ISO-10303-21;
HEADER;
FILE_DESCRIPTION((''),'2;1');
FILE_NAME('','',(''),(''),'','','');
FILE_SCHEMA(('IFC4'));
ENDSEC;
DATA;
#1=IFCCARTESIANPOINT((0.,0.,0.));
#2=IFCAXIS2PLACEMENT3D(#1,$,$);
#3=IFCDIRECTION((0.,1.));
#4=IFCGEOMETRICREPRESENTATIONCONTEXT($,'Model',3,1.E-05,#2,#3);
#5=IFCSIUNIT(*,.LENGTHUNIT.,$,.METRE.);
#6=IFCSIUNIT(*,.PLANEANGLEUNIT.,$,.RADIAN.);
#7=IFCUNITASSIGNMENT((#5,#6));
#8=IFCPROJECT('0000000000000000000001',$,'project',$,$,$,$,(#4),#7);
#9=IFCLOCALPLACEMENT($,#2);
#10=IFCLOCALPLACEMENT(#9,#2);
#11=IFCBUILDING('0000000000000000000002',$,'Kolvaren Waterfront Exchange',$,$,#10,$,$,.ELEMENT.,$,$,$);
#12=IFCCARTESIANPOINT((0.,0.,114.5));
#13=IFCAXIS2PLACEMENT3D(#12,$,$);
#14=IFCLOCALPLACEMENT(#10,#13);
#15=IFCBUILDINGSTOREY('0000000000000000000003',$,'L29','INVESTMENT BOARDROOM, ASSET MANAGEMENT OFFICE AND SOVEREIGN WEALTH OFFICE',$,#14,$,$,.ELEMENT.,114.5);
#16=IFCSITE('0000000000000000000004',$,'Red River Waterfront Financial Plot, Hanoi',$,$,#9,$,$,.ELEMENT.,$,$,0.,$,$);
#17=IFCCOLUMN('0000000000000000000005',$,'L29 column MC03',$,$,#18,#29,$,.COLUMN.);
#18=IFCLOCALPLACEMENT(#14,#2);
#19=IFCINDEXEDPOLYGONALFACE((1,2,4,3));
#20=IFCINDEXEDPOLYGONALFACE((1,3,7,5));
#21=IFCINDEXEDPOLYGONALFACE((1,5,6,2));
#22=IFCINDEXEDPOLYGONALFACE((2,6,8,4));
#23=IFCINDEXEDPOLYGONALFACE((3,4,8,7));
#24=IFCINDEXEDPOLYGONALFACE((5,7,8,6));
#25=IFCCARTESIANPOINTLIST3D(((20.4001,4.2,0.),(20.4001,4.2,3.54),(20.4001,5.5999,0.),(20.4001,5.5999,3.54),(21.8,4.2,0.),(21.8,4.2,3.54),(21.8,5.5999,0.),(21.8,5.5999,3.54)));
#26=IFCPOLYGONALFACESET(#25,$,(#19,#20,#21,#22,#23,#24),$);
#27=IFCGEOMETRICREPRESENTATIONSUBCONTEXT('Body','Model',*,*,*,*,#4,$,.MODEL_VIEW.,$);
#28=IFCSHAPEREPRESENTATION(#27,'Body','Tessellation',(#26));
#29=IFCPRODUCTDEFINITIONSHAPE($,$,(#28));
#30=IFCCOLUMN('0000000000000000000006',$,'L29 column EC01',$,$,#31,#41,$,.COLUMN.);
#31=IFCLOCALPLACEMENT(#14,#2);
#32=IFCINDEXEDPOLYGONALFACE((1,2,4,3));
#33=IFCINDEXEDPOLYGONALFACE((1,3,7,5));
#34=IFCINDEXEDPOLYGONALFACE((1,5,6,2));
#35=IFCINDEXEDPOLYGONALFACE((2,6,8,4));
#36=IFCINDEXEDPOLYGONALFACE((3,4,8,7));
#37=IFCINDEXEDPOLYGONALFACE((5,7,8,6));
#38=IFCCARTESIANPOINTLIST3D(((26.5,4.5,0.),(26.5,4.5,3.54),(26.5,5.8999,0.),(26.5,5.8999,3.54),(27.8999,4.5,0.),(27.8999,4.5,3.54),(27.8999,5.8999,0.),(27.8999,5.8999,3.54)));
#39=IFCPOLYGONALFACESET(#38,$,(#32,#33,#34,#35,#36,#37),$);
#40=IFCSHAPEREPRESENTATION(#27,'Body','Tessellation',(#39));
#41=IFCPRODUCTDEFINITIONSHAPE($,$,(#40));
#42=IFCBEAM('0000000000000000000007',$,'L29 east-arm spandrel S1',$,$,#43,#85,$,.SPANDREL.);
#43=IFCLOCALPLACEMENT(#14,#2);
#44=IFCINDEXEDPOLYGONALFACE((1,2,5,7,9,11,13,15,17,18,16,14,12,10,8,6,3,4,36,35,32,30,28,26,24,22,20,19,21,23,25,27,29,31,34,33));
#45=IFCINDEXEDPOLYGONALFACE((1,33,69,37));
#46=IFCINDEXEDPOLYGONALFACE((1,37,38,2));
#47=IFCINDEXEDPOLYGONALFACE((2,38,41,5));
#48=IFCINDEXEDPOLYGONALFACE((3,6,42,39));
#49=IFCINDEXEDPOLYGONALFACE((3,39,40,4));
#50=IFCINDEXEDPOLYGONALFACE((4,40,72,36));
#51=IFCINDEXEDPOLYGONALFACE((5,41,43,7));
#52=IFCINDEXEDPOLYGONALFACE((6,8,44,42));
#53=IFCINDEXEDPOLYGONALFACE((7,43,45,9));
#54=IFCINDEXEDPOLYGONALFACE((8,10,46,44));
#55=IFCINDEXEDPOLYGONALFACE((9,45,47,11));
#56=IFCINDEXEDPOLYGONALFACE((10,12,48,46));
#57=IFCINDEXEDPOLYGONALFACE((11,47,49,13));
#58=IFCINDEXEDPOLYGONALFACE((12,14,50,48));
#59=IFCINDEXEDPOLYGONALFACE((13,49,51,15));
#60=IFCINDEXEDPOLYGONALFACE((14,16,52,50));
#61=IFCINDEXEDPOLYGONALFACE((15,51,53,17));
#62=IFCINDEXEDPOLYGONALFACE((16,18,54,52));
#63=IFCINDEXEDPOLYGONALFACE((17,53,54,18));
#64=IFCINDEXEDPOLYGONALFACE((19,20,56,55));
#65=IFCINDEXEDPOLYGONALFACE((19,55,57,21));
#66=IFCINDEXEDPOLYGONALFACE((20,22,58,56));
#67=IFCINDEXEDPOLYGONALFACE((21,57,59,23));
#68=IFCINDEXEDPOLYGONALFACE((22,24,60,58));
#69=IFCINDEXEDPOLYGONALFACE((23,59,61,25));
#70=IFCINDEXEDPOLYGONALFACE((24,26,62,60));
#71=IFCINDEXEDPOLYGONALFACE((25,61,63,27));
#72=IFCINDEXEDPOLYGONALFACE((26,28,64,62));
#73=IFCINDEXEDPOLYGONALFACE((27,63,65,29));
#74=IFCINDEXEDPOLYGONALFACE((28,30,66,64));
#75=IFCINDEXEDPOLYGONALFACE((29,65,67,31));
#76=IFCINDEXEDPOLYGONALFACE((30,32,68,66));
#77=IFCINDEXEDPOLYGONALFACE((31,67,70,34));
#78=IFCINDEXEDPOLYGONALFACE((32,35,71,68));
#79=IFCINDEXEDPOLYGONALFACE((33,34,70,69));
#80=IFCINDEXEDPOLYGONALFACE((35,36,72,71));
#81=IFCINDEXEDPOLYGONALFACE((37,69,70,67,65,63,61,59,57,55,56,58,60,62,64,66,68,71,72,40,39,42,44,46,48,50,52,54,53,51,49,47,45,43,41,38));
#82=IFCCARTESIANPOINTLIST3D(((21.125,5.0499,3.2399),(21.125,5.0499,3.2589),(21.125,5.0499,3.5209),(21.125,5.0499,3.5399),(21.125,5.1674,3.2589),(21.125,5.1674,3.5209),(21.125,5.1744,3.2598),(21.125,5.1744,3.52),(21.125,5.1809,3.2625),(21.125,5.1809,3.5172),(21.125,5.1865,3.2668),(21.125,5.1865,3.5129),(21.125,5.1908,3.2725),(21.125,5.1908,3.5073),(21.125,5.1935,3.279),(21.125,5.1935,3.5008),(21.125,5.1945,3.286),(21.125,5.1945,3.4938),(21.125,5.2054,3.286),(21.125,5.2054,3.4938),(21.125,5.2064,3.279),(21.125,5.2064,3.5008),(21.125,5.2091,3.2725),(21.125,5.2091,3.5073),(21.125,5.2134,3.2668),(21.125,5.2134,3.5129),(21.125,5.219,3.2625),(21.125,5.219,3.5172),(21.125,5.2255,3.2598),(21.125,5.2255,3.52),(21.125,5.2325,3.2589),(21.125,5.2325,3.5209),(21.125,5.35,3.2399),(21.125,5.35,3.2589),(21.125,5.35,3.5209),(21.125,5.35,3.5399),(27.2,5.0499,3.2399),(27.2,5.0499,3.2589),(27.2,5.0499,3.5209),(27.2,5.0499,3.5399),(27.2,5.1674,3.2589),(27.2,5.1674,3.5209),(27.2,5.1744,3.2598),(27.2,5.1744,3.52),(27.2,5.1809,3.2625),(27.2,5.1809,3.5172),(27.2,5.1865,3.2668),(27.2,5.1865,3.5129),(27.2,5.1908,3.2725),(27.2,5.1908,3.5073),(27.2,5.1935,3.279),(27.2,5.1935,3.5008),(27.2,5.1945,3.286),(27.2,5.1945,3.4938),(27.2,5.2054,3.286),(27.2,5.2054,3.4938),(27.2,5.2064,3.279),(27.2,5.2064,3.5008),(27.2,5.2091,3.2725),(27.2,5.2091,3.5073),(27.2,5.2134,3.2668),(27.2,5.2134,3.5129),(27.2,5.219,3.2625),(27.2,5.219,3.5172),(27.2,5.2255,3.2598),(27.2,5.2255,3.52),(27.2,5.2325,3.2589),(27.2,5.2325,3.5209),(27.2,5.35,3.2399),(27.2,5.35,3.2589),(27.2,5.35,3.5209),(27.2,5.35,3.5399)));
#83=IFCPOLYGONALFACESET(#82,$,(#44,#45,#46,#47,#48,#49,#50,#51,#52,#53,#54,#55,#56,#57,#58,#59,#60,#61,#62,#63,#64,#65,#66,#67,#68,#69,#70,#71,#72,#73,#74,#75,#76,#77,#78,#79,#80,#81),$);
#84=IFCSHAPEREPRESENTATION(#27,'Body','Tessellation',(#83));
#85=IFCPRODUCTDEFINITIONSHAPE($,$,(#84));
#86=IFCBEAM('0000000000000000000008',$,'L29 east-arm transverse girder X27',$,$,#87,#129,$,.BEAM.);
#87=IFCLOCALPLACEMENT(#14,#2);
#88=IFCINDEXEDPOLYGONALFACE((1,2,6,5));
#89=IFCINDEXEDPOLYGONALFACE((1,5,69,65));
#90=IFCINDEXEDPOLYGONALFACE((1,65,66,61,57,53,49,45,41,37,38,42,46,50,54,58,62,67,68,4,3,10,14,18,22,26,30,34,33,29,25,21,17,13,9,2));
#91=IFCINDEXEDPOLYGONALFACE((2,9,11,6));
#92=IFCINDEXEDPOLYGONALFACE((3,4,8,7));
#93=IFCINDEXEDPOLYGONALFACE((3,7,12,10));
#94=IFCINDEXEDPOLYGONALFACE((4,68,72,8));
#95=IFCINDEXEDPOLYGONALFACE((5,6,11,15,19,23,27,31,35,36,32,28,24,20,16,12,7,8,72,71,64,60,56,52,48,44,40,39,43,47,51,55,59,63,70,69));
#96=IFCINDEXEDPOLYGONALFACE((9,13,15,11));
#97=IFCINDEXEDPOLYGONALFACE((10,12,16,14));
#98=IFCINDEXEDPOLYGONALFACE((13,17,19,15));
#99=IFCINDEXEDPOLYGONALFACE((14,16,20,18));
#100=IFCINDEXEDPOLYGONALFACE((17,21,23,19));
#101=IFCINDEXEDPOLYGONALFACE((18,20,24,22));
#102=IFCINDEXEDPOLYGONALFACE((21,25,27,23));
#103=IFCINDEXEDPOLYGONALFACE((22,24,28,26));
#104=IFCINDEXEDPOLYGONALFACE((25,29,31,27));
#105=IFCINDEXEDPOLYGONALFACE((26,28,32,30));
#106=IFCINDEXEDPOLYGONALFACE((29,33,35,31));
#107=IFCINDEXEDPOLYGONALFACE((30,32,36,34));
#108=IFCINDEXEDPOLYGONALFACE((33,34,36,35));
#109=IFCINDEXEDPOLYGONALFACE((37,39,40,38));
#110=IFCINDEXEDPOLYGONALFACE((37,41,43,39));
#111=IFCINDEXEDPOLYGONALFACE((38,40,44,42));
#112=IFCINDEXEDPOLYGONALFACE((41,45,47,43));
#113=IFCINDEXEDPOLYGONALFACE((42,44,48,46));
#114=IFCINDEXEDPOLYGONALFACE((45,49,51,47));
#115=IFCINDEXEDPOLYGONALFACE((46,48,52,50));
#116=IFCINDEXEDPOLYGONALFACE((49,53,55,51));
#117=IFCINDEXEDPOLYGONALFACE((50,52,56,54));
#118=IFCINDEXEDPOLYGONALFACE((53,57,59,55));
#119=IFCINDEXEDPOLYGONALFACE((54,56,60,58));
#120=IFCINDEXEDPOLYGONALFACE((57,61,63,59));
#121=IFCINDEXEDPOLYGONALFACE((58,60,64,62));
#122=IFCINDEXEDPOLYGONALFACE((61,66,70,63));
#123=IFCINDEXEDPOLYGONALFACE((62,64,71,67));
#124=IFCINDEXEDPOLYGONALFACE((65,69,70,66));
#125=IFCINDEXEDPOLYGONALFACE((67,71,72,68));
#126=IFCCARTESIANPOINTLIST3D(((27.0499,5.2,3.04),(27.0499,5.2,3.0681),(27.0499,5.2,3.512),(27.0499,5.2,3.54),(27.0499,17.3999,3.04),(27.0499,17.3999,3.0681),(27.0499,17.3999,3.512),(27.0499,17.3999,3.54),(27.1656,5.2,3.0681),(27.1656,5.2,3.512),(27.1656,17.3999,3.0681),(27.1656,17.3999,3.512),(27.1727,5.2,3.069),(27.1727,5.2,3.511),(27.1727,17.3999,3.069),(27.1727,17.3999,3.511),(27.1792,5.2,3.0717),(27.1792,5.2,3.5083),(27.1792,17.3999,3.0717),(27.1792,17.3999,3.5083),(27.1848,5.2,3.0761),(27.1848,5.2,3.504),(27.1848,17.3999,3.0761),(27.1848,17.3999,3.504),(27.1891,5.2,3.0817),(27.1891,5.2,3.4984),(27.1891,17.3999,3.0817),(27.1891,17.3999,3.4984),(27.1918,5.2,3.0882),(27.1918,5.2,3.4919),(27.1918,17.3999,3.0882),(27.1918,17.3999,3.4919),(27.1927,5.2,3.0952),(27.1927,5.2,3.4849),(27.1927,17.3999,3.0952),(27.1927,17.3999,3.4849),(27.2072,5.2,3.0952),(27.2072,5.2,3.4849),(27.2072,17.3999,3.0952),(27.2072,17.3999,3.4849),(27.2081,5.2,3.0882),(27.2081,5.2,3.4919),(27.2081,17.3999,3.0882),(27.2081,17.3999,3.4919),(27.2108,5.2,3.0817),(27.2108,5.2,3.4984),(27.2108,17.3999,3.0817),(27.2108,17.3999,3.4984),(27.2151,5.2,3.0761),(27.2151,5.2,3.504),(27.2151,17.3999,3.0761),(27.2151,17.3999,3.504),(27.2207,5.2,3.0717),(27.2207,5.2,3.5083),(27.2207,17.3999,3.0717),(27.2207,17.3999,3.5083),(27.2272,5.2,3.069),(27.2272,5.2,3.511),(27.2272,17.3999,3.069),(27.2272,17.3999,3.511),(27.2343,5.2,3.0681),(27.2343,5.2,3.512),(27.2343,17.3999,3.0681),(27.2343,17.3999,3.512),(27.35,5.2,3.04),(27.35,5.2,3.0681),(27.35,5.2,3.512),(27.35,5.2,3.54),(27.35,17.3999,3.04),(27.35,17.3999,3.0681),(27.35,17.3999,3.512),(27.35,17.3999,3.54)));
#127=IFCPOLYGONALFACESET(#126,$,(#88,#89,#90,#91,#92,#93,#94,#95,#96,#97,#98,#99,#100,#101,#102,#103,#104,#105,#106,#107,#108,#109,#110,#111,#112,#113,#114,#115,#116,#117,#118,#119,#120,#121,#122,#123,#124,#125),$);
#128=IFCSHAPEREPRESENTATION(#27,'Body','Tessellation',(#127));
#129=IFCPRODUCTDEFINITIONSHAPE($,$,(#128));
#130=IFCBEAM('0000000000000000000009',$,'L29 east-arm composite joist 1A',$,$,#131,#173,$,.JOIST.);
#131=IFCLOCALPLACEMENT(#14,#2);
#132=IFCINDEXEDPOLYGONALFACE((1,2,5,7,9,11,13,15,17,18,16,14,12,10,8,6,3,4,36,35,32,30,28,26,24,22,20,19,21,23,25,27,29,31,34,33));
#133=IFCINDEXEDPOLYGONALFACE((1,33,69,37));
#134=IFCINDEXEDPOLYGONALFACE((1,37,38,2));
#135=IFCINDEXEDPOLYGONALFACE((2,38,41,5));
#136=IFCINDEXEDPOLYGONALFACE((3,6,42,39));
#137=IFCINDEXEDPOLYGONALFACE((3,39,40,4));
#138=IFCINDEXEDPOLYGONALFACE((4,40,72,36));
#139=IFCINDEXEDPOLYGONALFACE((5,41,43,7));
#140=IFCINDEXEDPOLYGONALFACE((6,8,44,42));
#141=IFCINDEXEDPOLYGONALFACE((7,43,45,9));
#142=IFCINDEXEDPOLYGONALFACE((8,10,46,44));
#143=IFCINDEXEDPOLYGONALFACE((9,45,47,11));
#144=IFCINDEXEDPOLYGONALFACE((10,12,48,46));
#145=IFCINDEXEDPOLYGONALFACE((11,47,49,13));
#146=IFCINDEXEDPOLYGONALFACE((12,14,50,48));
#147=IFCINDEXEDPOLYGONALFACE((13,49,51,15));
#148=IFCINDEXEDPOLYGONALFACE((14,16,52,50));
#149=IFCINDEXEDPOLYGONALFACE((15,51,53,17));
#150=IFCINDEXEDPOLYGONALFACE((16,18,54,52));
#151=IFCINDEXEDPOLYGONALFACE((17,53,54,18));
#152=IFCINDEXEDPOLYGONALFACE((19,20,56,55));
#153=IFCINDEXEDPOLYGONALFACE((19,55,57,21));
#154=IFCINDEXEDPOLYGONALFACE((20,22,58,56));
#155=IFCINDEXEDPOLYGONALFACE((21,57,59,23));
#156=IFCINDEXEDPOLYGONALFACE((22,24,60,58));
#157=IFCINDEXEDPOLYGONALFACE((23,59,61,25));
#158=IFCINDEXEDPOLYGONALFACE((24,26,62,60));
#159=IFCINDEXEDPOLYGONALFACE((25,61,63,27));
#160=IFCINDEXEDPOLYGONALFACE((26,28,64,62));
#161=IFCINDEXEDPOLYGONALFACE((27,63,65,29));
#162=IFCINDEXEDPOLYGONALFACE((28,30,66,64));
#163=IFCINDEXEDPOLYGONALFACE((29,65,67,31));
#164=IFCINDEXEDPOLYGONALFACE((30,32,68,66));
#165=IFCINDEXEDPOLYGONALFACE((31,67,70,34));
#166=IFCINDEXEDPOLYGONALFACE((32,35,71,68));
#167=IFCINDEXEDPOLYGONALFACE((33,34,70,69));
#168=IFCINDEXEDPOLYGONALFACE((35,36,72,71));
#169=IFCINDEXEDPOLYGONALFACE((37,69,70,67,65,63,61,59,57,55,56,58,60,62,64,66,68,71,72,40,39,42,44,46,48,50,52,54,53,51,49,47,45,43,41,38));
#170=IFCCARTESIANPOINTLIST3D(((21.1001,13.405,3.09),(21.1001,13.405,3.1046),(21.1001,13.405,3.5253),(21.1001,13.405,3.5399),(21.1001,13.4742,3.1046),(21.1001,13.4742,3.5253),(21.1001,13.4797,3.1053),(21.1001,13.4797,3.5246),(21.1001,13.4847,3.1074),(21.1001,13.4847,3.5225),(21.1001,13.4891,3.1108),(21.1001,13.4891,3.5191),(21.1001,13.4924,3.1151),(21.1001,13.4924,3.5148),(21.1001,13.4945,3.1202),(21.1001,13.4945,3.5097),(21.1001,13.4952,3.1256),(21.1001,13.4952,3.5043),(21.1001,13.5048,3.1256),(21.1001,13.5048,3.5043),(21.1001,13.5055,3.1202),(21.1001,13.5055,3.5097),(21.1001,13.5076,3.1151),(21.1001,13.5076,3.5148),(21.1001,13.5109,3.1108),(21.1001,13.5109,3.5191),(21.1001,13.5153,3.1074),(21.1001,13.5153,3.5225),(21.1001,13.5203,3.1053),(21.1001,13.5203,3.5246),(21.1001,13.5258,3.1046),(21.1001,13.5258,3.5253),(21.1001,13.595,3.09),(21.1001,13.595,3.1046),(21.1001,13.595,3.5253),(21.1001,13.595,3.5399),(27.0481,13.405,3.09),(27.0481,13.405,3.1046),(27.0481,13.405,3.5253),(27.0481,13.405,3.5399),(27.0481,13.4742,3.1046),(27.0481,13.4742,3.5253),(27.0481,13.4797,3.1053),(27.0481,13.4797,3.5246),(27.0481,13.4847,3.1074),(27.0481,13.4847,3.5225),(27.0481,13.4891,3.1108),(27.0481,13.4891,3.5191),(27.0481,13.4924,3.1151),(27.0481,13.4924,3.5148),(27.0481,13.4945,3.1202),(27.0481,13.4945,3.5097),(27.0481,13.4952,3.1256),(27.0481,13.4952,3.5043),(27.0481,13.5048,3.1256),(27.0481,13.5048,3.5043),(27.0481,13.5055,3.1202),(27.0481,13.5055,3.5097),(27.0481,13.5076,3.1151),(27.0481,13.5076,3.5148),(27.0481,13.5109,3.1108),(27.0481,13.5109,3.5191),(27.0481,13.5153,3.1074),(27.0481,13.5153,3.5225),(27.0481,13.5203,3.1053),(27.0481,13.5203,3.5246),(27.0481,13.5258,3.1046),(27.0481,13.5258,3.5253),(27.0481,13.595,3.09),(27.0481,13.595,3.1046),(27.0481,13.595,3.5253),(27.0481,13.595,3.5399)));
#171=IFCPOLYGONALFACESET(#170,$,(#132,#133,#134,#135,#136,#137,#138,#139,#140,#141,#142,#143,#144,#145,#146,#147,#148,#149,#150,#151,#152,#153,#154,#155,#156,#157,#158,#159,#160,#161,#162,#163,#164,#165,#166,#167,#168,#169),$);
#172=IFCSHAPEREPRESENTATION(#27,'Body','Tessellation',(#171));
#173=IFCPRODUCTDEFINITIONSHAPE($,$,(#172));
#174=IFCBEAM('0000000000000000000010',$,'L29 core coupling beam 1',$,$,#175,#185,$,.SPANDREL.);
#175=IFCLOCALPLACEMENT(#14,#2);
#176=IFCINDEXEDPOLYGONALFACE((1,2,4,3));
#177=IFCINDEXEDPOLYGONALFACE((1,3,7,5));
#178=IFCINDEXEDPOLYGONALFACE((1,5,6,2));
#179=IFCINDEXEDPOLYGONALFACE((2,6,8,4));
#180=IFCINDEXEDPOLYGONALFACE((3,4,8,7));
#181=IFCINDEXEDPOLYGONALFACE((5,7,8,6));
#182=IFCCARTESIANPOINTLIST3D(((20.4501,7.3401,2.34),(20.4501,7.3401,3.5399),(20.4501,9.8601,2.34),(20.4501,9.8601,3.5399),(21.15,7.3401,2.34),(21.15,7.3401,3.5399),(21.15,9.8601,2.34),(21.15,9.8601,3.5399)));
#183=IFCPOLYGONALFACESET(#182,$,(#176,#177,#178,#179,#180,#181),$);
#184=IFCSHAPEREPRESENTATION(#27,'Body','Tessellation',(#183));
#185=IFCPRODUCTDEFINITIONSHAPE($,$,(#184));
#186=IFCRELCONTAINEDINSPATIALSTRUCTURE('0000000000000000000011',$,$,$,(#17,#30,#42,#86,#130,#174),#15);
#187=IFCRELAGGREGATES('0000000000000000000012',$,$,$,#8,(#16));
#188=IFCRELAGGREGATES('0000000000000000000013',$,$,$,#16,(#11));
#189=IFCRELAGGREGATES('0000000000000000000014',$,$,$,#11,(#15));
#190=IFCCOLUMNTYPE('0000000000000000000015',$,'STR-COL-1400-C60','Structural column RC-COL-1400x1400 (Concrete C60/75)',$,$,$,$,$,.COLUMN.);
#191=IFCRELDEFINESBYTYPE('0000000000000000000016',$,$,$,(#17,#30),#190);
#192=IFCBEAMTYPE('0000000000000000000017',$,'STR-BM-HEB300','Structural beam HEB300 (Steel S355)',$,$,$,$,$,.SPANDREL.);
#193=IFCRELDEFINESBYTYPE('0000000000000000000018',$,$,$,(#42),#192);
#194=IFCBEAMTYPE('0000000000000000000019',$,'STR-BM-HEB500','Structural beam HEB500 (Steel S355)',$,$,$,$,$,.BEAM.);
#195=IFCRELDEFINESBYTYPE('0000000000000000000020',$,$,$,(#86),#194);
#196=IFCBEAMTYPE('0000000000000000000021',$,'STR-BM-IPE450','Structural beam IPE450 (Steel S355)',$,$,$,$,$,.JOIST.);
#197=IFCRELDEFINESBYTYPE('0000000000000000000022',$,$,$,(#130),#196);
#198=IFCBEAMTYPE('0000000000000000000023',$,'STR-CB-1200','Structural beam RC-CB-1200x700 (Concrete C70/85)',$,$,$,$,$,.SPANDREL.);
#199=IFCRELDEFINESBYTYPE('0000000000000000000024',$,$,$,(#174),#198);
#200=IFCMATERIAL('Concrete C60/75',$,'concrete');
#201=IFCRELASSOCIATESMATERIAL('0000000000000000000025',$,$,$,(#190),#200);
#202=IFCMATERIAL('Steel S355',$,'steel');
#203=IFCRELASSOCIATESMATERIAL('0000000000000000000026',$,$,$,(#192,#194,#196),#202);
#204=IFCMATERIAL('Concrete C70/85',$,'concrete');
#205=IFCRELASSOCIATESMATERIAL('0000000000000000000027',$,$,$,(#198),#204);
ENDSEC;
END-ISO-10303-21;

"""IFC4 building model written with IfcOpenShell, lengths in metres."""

from ifc_helpers import new_model, si_unit, direction, frame, origin, origin_2d, place, context, subcontext, project, spatial, rectangle, i_section, extrude, material, material_profile, profile_set, type_object, element, save


model = new_model("IFC4")

# Units and contexts
model_context = context("Model", 3, precision=1e-05, world=origin(), true_north=direction((0.0, 1.0)))
body_context = subcontext(model_context, "Body", "Model", "MODEL_VIEW")
ifc_project = project(units=[si_unit("LENGTHUNIT", "METRE"), si_unit("PLANEANGLEUNIT", "RADIAN")], contexts=[model_context])

# Site, building, storey
site_placement = place(None, origin())
site = spatial("IfcSite", under=ifc_project, at=site_placement, Name="Red River Waterfront Financial Plot, Hanoi", CompositionType="ELEMENT", RefElevation=0.0)
building_placement = place(site_placement, origin())
building = spatial("IfcBuilding", under=site, at=building_placement, Name="Kolvaren Waterfront Exchange", CompositionType="ELEMENT")
storey_placement = place(building_placement, frame((0.0, 0.0, 114.5)))
storey = spatial("IfcBuildingStorey", under=building, at=storey_placement, Name="L29", Description="INVESTMENT BOARDROOM, ASSET MANAGEMENT OFFICE AND SOVEREIGN WEALTH OFFICE", CompositionType="ELEMENT", Elevation=114.5)

# Columns
ifc_material_1 = material(Name="Concrete C60/75", Category="concrete")
ifc_material_profile_1 = material_profile(ifc_material_1, rectangle(XDim=1.3999, YDim=1.3999, at=origin_2d()), Name="RC-COL-1400x1400")
ifc_profile_set_1 = profile_set([ifc_material_profile_1], Name="Concrete C60/75")
column_type = type_object("IfcColumnType", Name="STR-COL-1400-C60", Description="Structural column RC-COL-1400x1400 (Concrete C60/75)", PredefinedType="COLUMN", material=ifc_profile_set_1)
for number, where, z_axis, x_axis, name in (
    (1, (21.1001, 4.8999, 0.0), (0.0, 0.0, 1.0), (1.0, 0.0, 0.0), "L29 column MC03"),
    (2, (27.2, 5.2, 0.0), (0.0, 0.0, 1.0), (1.0, 0.0, 0.0), "L29 column EC01"),
):
    element("IfcColumn", number, at=place(storey_placement, frame(where, z_axis=z_axis, x_axis=x_axis)), inside=storey, type_object=column_type, Name=name, PredefinedType="COLUMN", context=body_context, shape_type="SweptSolid", body=[
        extrude(rectangle(XDim=1.3999, YDim=1.3999, at=origin_2d()), origin(), (0.0, 0.0, 1.0), 3.54),
    ])

# Beams
ifc_material_2 = material(Name="Steel S355", Category="steel")
ifc_material_profile_2 = material_profile(ifc_material_2, i_section(OverallWidth=0.3, OverallDepth=0.3, WebThickness=0.011, FlangeThickness=0.019, FilletRadius=0.0271, at=origin_2d()), Name="HEB300")
ifc_profile_set_2 = profile_set([ifc_material_profile_2], Name="Steel S355")
beam_type_1 = type_object("IfcBeamType", Name="STR-BM-HEB300", Description="Structural beam HEB300 (Steel S355)", PredefinedType="SPANDREL", material=ifc_profile_set_2)
beam_1_placement = place(storey_placement, frame((21.125, 5.2, 3.3899), z_axis=(1.0, 0.0, 0.0), x_axis=(0.0, 1.0, 0.0)))
element("IfcBeam", 3, at=beam_1_placement, inside=storey, type_object=beam_type_1, Name="L29 east-arm spandrel S1", PredefinedType="SPANDREL", context=body_context, shape_type="SweptSolid", body=[
    extrude(i_section(OverallWidth=0.3, OverallDepth=0.3, WebThickness=0.011, FlangeThickness=0.019, FilletRadius=0.0271, at=origin_2d()), origin(), (0.0, 0.0, 1.0), 6.075),
])
ifc_material_profile_3 = material_profile(ifc_material_2, i_section(OverallWidth=0.3, OverallDepth=0.5, WebThickness=0.0144, FlangeThickness=0.0281, FilletRadius=0.0271, at=origin_2d()), Name="HEB500")
ifc_profile_set_3 = profile_set([ifc_material_profile_3], Name="Steel S355")
beam_type_2 = type_object("IfcBeamType", Name="STR-BM-HEB500", Description="Structural beam HEB500 (Steel S355)", PredefinedType="BEAM", material=ifc_profile_set_3)
beam_2_placement = place(storey_placement, frame((27.2, 5.2, 3.29), z_axis=(0.0, 1.0, 0.0), x_axis=(-1.0, 0.0, 0.0)))
element("IfcBeam", 4, at=beam_2_placement, inside=storey, type_object=beam_type_2, Name="L29 east-arm transverse girder X27", PredefinedType="BEAM", context=body_context, shape_type="SweptSolid", body=[
    extrude(i_section(OverallWidth=0.3, OverallDepth=0.5, WebThickness=0.0144, FlangeThickness=0.0281, FilletRadius=0.0271, at=origin_2d()), origin(), (0.0, 0.0, 1.0), 12.2),
])
ifc_material_profile_4 = material_profile(ifc_material_2, i_section(OverallWidth=0.1899, OverallDepth=0.45, WebThickness=0.0095, FlangeThickness=0.0146, FilletRadius=0.021, at=origin_2d()), Name="IPE450")
ifc_profile_set_4 = profile_set([ifc_material_profile_4], Name="Steel S355")
beam_type_3 = type_object("IfcBeamType", Name="STR-BM-IPE450", Description="Structural beam IPE450 (Steel S355)", PredefinedType="JOIST", material=ifc_profile_set_4)
beam_3_placement = place(storey_placement, frame((21.1001, 13.5, 3.3149), z_axis=(1.0, 0.0, 0.0), x_axis=(0.0, 1.0, 0.0)))
element("IfcBeam", 5, at=beam_3_placement, inside=storey, type_object=beam_type_3, Name="L29 east-arm composite joist 1A", PredefinedType="JOIST", context=body_context, shape_type="SweptSolid", body=[
    extrude(i_section(OverallWidth=0.1899, OverallDepth=0.45, WebThickness=0.0095, FlangeThickness=0.0146, FilletRadius=0.021, at=origin_2d()), origin(), (0.0, 0.0, 1.0), 5.948),
])
ifc_material_3 = material(Name="Concrete C70/85", Category="concrete")
ifc_material_profile_5 = material_profile(ifc_material_3, rectangle(XDim=0.7, YDim=1.2, at=origin_2d()), Name="RC-CB-1200x700")
ifc_profile_set_5 = profile_set([ifc_material_profile_5], Name="Concrete C70/85")
beam_type_4 = type_object("IfcBeamType", Name="STR-CB-1200", Description="Structural beam RC-CB-1200x700 (Concrete C70/85)", PredefinedType="SPANDREL", material=ifc_profile_set_5)
beam_4_placement = place(storey_placement, frame((20.8, 7.3401, 2.9399), z_axis=(0.0, 1.0, 0.0), x_axis=(-1.0, 0.0, 0.0)))
element("IfcBeam", 6, at=beam_4_placement, inside=storey, type_object=beam_type_4, Name="L29 core coupling beam 1", PredefinedType="SPANDREL", context=body_context, shape_type="SweptSolid", body=[
    extrude(rectangle(XDim=0.7, YDim=1.2, at=origin_2d()), origin(), (0.0, 0.0, 1.0), 2.52),
])

save(model, "model.ifc")
